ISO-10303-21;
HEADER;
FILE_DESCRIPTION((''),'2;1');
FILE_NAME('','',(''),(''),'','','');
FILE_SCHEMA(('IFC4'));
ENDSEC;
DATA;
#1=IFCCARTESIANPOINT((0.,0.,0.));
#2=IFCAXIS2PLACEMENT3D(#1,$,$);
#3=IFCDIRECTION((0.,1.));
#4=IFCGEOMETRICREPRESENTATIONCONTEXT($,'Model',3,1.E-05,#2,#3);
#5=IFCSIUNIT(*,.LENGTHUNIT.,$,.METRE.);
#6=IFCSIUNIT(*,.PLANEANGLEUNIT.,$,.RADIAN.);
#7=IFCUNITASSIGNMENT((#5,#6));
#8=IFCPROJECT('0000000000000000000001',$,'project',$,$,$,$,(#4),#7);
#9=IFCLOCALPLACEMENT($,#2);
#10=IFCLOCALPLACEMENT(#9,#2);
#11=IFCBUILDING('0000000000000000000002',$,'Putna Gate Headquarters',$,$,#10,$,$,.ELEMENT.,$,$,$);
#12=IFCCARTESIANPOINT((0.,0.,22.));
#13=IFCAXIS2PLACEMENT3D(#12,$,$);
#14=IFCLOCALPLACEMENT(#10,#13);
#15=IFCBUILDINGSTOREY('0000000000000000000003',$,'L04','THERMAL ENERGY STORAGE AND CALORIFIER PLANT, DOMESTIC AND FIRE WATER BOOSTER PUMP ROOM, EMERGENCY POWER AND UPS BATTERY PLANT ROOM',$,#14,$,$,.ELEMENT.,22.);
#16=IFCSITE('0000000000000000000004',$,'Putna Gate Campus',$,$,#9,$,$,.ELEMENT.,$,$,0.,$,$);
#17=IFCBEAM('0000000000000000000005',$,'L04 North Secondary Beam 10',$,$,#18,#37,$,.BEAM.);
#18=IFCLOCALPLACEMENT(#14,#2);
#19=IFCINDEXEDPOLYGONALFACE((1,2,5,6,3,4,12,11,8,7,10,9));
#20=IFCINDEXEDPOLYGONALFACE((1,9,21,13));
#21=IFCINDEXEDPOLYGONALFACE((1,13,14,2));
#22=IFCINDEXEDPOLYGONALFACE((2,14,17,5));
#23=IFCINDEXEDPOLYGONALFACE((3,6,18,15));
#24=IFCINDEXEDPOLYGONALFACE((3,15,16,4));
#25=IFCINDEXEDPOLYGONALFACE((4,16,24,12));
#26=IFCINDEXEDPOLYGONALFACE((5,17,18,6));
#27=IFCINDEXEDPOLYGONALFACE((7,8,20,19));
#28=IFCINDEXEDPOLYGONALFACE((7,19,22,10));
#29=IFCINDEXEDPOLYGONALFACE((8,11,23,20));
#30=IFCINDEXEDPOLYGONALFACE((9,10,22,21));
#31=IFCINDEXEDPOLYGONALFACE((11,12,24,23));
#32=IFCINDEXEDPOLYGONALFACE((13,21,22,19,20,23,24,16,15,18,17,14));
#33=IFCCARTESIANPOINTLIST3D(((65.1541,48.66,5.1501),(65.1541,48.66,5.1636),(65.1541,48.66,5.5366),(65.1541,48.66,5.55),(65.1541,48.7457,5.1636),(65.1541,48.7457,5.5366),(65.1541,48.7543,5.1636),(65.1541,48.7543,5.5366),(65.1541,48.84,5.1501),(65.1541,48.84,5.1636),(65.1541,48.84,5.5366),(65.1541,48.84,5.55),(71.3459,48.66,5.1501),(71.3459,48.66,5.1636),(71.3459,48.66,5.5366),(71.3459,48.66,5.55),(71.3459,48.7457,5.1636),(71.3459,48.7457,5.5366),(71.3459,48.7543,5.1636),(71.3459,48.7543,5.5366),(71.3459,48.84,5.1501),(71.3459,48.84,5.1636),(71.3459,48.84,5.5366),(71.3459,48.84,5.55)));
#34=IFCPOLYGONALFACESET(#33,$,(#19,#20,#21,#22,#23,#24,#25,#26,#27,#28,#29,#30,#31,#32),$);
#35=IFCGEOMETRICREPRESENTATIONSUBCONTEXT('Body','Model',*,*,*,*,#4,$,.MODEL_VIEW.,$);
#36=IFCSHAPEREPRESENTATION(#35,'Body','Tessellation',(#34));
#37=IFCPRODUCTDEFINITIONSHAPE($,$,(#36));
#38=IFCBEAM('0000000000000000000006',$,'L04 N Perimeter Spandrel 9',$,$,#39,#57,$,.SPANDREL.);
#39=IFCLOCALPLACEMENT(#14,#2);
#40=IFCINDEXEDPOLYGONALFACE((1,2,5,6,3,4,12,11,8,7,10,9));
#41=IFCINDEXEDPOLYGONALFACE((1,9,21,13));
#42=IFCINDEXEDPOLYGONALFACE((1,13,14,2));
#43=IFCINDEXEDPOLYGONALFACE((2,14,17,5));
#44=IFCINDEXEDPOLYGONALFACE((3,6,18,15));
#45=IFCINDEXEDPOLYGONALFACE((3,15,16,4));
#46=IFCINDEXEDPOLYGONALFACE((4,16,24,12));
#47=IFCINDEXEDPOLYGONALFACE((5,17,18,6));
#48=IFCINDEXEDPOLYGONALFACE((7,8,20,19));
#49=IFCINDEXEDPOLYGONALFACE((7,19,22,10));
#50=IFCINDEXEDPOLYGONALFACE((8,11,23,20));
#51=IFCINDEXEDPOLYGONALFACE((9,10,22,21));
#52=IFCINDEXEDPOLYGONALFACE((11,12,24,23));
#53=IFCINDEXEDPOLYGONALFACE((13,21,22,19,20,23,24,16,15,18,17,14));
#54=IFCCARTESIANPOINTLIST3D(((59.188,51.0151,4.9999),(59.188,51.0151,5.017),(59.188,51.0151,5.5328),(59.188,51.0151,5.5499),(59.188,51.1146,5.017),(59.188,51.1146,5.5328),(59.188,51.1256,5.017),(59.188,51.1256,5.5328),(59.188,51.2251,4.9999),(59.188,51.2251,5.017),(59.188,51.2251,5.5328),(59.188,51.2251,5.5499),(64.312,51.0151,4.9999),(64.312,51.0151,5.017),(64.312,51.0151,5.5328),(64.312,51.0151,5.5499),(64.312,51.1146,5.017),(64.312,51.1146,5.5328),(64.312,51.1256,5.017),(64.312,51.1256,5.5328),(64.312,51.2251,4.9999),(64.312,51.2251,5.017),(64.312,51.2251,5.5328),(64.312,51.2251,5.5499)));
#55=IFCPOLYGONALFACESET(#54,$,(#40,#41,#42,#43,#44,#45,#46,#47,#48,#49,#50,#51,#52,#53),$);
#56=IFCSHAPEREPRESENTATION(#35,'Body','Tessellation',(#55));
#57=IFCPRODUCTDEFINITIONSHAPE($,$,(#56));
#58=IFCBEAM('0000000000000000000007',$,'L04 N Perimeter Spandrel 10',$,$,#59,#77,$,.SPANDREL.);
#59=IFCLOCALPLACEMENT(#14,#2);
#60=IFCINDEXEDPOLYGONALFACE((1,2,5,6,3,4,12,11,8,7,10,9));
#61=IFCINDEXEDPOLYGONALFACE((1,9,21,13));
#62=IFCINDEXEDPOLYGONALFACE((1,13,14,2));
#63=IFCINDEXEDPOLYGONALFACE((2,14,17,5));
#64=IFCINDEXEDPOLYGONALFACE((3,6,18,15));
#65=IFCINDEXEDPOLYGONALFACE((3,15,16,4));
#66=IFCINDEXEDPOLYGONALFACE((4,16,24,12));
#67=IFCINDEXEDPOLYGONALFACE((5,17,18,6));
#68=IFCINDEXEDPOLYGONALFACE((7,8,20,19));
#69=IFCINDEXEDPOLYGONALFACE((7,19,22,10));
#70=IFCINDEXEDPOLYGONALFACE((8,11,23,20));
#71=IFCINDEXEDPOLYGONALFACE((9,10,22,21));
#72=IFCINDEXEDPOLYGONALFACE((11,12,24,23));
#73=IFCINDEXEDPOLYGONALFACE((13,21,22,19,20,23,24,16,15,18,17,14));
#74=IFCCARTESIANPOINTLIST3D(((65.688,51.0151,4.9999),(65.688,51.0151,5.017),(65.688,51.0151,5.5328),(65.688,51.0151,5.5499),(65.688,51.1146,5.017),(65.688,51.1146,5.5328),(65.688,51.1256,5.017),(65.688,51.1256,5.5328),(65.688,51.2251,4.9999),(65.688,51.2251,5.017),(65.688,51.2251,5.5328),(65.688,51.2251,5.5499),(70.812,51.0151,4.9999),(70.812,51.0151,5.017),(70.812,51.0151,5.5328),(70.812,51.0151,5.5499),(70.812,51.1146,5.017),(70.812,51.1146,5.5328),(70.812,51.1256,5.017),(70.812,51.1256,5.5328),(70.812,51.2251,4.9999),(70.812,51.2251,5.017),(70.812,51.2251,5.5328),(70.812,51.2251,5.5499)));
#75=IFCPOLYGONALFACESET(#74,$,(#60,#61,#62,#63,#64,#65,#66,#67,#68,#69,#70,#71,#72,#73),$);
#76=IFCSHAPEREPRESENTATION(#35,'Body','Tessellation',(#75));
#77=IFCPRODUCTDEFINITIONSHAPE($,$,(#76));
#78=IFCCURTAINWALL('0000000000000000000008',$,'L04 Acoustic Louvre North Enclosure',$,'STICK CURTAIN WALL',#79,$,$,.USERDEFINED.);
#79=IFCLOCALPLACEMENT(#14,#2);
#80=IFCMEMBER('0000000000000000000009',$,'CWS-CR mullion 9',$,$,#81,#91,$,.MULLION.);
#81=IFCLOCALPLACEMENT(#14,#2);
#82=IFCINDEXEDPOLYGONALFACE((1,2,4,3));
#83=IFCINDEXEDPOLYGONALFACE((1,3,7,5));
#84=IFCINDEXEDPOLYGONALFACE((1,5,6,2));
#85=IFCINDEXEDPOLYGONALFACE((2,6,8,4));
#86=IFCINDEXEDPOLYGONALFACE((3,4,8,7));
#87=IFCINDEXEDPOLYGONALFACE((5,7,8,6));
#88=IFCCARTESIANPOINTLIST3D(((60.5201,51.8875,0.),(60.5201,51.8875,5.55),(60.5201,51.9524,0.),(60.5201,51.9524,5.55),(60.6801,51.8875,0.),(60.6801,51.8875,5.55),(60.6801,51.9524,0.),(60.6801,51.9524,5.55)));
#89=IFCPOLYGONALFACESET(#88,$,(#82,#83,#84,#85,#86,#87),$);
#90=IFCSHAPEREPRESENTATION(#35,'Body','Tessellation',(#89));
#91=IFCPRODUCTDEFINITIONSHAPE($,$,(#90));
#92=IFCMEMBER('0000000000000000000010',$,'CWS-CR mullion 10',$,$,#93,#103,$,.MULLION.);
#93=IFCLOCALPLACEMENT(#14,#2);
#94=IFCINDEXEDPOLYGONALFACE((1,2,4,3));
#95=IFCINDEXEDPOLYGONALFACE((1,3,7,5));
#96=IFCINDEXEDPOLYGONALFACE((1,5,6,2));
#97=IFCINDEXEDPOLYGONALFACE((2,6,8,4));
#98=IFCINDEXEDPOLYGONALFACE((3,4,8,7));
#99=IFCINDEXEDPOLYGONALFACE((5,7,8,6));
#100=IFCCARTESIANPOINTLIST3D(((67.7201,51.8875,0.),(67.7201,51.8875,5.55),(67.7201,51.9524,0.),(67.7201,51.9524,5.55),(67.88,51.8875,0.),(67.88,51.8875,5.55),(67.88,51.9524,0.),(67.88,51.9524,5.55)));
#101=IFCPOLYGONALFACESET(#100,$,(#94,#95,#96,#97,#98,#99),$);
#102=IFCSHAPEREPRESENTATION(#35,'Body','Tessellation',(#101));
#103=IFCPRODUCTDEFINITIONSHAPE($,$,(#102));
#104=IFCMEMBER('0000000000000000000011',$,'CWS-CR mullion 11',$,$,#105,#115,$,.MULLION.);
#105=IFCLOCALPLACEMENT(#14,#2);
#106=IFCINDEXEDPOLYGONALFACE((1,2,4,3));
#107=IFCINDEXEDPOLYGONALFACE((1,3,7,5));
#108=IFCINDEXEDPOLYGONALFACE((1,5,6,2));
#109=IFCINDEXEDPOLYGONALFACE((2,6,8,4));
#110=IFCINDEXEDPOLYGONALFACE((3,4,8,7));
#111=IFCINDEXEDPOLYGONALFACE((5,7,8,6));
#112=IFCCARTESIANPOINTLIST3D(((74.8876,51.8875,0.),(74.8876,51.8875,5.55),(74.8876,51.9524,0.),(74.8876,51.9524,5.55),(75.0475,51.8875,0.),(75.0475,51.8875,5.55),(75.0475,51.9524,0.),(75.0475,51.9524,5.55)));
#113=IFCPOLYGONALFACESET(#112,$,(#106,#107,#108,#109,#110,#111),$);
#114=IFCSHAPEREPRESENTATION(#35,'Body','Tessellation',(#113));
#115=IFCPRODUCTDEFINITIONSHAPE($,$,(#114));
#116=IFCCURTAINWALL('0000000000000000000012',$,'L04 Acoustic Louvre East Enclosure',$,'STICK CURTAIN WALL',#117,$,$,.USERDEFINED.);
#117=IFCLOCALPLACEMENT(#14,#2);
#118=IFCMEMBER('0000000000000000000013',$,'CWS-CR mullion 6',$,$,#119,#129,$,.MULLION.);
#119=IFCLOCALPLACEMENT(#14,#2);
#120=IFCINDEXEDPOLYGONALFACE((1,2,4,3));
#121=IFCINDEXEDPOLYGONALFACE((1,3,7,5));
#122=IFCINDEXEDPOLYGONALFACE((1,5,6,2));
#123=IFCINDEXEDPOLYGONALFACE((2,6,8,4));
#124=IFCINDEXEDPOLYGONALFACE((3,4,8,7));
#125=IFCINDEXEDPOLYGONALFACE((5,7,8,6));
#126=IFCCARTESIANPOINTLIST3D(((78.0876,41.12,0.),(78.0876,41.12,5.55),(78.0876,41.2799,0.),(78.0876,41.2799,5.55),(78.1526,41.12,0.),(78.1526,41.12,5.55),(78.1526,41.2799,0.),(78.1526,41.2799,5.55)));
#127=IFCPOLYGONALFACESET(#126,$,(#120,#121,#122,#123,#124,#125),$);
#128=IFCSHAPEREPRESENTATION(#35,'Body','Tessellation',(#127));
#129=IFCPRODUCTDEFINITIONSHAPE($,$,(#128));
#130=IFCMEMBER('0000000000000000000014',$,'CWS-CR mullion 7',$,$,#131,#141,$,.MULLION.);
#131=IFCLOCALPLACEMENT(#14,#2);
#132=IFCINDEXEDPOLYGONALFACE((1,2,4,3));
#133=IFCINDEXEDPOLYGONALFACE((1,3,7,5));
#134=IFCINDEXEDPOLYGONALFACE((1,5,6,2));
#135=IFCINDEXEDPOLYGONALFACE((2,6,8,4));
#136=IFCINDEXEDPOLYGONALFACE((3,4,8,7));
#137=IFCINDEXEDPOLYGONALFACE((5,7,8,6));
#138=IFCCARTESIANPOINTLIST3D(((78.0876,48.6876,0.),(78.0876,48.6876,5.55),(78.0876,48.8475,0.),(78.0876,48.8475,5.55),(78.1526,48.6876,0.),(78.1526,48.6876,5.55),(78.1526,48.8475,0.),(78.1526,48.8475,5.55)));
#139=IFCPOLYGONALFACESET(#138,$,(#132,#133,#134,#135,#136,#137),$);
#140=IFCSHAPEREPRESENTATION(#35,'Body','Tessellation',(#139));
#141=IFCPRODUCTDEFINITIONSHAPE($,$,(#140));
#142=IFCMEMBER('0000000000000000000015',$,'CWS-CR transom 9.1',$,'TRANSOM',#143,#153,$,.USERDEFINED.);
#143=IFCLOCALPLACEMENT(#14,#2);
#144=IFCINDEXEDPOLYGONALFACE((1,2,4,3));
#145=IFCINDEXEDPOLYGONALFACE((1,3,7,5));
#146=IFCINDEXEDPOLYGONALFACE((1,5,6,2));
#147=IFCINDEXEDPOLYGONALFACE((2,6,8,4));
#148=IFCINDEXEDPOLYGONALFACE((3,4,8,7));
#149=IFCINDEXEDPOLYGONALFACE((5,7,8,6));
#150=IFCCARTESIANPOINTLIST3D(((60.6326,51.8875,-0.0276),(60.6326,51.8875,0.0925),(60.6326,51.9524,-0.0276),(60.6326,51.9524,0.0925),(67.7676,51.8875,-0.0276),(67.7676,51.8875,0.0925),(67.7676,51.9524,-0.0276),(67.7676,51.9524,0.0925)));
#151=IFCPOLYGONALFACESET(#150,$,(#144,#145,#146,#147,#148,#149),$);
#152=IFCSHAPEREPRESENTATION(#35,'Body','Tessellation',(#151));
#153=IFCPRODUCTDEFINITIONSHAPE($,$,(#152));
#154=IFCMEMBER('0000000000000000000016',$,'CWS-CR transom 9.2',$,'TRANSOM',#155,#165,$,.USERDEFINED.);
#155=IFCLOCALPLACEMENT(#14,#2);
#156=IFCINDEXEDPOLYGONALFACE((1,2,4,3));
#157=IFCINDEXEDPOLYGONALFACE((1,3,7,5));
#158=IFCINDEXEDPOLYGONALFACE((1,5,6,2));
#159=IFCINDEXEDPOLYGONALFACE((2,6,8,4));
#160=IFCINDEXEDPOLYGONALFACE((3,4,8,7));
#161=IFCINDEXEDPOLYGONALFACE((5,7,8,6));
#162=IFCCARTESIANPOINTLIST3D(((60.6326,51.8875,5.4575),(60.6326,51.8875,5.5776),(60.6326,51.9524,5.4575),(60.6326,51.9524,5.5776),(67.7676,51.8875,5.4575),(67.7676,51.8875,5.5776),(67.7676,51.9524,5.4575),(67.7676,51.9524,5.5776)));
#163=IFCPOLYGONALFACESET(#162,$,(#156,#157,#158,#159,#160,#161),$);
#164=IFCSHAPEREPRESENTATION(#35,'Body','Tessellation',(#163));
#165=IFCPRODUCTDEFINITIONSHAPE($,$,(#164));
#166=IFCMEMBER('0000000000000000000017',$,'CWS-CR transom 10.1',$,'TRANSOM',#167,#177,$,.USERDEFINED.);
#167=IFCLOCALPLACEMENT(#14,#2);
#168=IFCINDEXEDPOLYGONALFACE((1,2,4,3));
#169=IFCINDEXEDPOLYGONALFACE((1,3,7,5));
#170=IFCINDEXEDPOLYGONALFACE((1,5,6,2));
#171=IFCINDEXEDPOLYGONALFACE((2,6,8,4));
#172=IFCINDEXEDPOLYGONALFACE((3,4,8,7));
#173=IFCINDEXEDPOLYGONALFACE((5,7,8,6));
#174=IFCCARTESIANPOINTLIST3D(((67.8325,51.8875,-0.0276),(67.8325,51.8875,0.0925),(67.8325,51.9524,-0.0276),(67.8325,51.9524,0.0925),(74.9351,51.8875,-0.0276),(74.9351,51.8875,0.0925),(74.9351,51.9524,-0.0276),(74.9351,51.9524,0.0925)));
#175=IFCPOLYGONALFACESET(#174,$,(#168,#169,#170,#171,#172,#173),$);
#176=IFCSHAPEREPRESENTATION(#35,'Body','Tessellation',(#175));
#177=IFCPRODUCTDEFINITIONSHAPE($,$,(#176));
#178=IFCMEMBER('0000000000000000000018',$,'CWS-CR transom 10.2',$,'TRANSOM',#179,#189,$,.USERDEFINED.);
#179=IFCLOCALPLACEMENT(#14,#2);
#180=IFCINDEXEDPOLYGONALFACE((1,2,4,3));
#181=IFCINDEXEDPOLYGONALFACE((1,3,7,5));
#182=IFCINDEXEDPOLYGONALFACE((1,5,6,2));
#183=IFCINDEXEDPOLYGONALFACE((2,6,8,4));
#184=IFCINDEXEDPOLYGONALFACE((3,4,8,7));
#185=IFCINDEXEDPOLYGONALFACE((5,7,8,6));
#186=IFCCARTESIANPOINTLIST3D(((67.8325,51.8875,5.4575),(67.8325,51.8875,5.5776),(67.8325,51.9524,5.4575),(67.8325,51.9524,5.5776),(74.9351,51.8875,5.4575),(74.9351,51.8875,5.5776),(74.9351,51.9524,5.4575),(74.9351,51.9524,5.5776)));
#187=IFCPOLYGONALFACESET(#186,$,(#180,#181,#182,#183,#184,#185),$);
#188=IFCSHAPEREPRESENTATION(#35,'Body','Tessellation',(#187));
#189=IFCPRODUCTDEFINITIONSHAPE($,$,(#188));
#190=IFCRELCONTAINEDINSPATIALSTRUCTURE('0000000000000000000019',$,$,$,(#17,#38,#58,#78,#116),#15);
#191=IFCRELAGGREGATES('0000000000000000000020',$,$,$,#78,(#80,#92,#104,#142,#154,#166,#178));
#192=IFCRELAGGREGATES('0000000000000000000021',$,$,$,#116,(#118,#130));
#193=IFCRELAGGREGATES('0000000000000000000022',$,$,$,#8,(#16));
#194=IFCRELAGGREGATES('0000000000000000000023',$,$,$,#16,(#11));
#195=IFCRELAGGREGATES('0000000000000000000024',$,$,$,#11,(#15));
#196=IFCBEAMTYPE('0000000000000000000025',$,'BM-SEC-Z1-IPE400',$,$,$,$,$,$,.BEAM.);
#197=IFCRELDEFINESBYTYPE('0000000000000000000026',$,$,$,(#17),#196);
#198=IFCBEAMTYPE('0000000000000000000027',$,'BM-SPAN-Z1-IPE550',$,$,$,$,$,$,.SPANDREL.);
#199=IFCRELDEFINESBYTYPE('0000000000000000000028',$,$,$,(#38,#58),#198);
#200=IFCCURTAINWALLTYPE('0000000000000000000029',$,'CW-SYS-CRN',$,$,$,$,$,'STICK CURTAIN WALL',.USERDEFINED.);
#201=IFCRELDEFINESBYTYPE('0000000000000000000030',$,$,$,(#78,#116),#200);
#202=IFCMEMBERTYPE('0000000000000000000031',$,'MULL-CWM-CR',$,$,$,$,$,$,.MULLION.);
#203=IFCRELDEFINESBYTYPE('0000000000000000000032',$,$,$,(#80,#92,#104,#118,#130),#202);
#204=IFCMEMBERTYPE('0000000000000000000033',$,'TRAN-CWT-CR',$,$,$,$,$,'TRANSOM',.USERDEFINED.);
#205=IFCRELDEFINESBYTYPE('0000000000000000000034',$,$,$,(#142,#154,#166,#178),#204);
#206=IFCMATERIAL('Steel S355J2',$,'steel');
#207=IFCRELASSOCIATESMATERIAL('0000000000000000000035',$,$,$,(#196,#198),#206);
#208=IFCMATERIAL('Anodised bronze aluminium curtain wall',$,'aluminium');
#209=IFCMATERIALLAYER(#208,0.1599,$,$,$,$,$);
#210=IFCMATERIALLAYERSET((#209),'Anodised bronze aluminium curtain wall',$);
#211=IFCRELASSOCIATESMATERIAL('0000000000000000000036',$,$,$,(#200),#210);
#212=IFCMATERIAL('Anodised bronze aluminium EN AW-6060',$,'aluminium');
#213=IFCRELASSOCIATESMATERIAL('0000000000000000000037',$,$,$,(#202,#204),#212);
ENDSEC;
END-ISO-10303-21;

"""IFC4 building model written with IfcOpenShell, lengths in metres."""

from ifc_helpers import new_model, si_unit, direction, frame, origin, origin_2d, place, context, subcontext, project, spatial, rectangle, i_section, extrude, material, layer, layer_set, material_profile, profile_set, type_object, element, aggregate, save


model = new_model("IFC4")

# Units and contexts
model_context = context("Model", 3, precision=1e-05, world=origin(), true_north=direction((0.0, 1.0)))
body_context = subcontext(model_context, "Body", "Model", "MODEL_VIEW")
ifc_project = project(units=[si_unit("LENGTHUNIT", "METRE"), si_unit("PLANEANGLEUNIT", "RADIAN")], contexts=[model_context])

# Site, building, storey
site_placement = place(None, origin())
site = spatial("IfcSite", under=ifc_project, at=site_placement, Name="Putna Gate Campus", CompositionType="ELEMENT", RefElevation=0.0)
building_placement = place(site_placement, origin())
building = spatial("IfcBuilding", under=site, at=building_placement, Name="Putna Gate Headquarters", CompositionType="ELEMENT")
storey_placement = place(building_placement, frame((0.0, 0.0, 22.0)))
storey = spatial("IfcBuildingStorey", under=building, at=storey_placement, Name="L04", Description="THERMAL ENERGY STORAGE AND CALORIFIER PLANT, DOMESTIC AND FIRE WATER BOOSTER PUMP ROOM, EMERGENCY POWER AND UPS BATTERY PLANT ROOM", CompositionType="ELEMENT", Elevation=22.0)

# Beams
ifc_material_1 = material(Name="Steel S355J2", Category="steel")
ifc_material_profile_1 = material_profile(ifc_material_1, i_section(OverallWidth=0.1799, OverallDepth=0.3999, WebThickness=0.0085, FlangeThickness=0.0134, at=origin_2d()), Name="Steel S355J2")
ifc_profile_set_1 = profile_set([ifc_material_profile_1], Name="Steel S355J2")
beam_type_1 = type_object("IfcBeamType", Name="BM-SEC-Z1-IPE400", PredefinedType="BEAM", material=ifc_profile_set_1)
for number, where, z_axis, x_axis, name in (
    (1, (65.1541, 48.75, 5.3501), (1.0, 0.0, 0.0), (0.0, 1.0, 0.0), "L04 North Secondary Beam 10"),
):
    element("IfcBeam", number, at=place(storey_placement, frame(where, z_axis=z_axis, x_axis=x_axis)), inside=storey, type_object=beam_type_1, Name=name, PredefinedType="BEAM", context=body_context, shape_type="SweptSolid", body=[
        extrude(i_section(OverallWidth=0.1799, OverallDepth=0.3999, WebThickness=0.0085, FlangeThickness=0.0134, at=origin_2d()), origin(), (0.0, 0.0, 1.0), 6.1919),
    ])
ifc_material_profile_2 = material_profile(ifc_material_1, i_section(OverallWidth=0.21, OverallDepth=0.55, WebThickness=0.011, FlangeThickness=0.0171, at=origin_2d()), Name="Steel S355J2")
ifc_profile_set_2 = profile_set([ifc_material_profile_2], Name="Steel S355J2")
beam_type_2 = type_object("IfcBeamType", Name="BM-SPAN-Z1-IPE550", PredefinedType="SPANDREL", material=ifc_profile_set_2)
for number, where, z_axis, x_axis, name in (
    (2, (59.188, 51.1201, 5.2749), (1.0, 0.0, 0.0), (0.0, 1.0, 0.0), "L04 N Perimeter Spandrel 9"),
    (3, (65.688, 51.1201, 5.2749), (1.0, 0.0, 0.0), (0.0, 1.0, 0.0), "L04 N Perimeter Spandrel 10"),
):
    element("IfcBeam", number, at=place(storey_placement, frame(where, z_axis=z_axis, x_axis=x_axis)), inside=storey, type_object=beam_type_2, Name=name, PredefinedType="SPANDREL", context=body_context, shape_type="SweptSolid", body=[
        extrude(i_section(OverallWidth=0.21, OverallDepth=0.55, WebThickness=0.011, FlangeThickness=0.0171, at=origin_2d()), origin(), (0.0, 0.0, 1.0), 5.124),
    ])

# Curtain walls, members
ifc_material_2 = material(Name="Anodised bronze aluminium curtain wall", Category="aluminium")
ifc_layer_1 = layer(ifc_material_2, 0.1599)
ifc_layer_set_1 = layer_set([ifc_layer_1], Name="Anodised bronze aluminium curtain wall")
curtain_wall_type = type_object("IfcCurtainWallType", Name="CW-SYS-CRN", ElementType="STICK CURTAIN WALL", PredefinedType="USERDEFINED", material=ifc_layer_set_1)
curtain_wall_1_placement = place(storey_placement, origin())
curtain_wall_1 = element("IfcCurtainWall", 4, at=curtain_wall_1_placement, inside=storey, type_object=curtain_wall_type, Name="L04 Acoustic Louvre North Enclosure", ObjectType="STICK CURTAIN WALL", PredefinedType="USERDEFINED")
ifc_material_3 = material(Name="Anodised bronze aluminium EN AW-6060", Category="aluminium")
ifc_material_profile_3 = material_profile(ifc_material_3, rectangle(XDim=0.0649, YDim=0.1599, at=origin_2d()), Name="Anodised bronze aluminium EN AW-6060")
ifc_profile_set_3 = profile_set([ifc_material_profile_3], Name="Anodised bronze aluminium EN AW-6060")
member_type_1 = type_object("IfcMemberType", Name="MULL-CWM-CR", PredefinedType="MULLION", material=ifc_profile_set_3)
member_1_placement = place(storey_placement, frame((60.6001, 51.9199, 0.0), z_axis=(0.0, 0.0, 1.0), x_axis=(0.0, 1.0, 0.0)))
member_1 = element("IfcMember", 5, at=member_1_placement, type_object=member_type_1, Name="CWS-CR mullion 9", PredefinedType="MULLION", context=body_context, shape_type="SweptSolid", body=[
    extrude(rectangle(XDim=0.0649, YDim=0.1599, at=origin_2d()), origin(), (0.0, 0.0, 1.0), 5.55),
])
member_2_placement = place(storey_placement, frame((67.8, 51.9199, 0.0), z_axis=(0.0, 0.0, 1.0), x_axis=(0.0, 1.0, 0.0)))
member_2 = element("IfcMember", 6, at=member_2_placement, type_object=member_type_1, Name="CWS-CR mullion 10", PredefinedType="MULLION", context=body_context, shape_type="SweptSolid", body=[
    extrude(rectangle(XDim=0.0649, YDim=0.1599, at=origin_2d()), origin(), (0.0, 0.0, 1.0), 5.55),
])
member_3_placement = place(storey_placement, frame((74.9675, 51.9199, 0.0), z_axis=(0.0, 0.0, 1.0), x_axis=(0.0, 1.0, 0.0)))
member_3 = element("IfcMember", 7, at=member_3_placement, type_object=member_type_1, Name="CWS-CR mullion 11", PredefinedType="MULLION", context=body_context, shape_type="SweptSolid", body=[
    extrude(rectangle(XDim=0.0649, YDim=0.1599, at=origin_2d()), origin(), (0.0, 0.0, 1.0), 5.55),
])
curtain_wall_2_placement = place(storey_placement, origin())
curtain_wall_2 = element("IfcCurtainWall", 8, at=curtain_wall_2_placement, inside=storey, type_object=curtain_wall_type, Name="L04 Acoustic Louvre East Enclosure", ObjectType="STICK CURTAIN WALL", PredefinedType="USERDEFINED")
member_4_placement = place(storey_placement, frame((78.1201, 41.2, 0.0), z_axis=(0.0, 0.0, 1.0), x_axis=(-1.0, 0.0, 0.0)))
member_4 = element("IfcMember", 9, at=member_4_placement, type_object=member_type_1, Name="CWS-CR mullion 6", PredefinedType="MULLION", context=body_context, shape_type="SweptSolid", body=[
    extrude(rectangle(XDim=0.0649, YDim=0.1599, at=origin_2d()), origin(), (0.0, 0.0, 1.0), 5.55),
])
member_5_placement = place(storey_placement, frame((78.1201, 48.7676, 0.0), z_axis=(0.0, 0.0, 1.0), x_axis=(-1.0, 0.0, 0.0)))
member_5 = element("IfcMember", 10, at=member_5_placement, type_object=member_type_1, Name="CWS-CR mullion 7", PredefinedType="MULLION", context=body_context, shape_type="SweptSolid", body=[
    extrude(rectangle(XDim=0.0649, YDim=0.1599, at=origin_2d()), origin(), (0.0, 0.0, 1.0), 5.55),
])

# Members
ifc_material_profile_4 = material_profile(ifc_material_3, rectangle(XDim=0.0649, YDim=0.1201, at=origin_2d()), Name="Anodised bronze aluminium EN AW-6060")
ifc_profile_set_4 = profile_set([ifc_material_profile_4], Name="Anodised bronze aluminium EN AW-6060")
member_type_2 = type_object("IfcMemberType", Name="TRAN-CWT-CR", ElementType="TRANSOM", PredefinedType="USERDEFINED", material=ifc_profile_set_4)
member_6_placement = place(storey_placement, frame((60.6326, 51.9199, 0.0325), z_axis=(1.0, 0.0, 0.0), x_axis=(0.0, 1.0, 0.0)))
member_6 = element("IfcMember", 11, at=member_6_placement, type_object=member_type_2, Name="CWS-CR transom 9.1", ObjectType="TRANSOM", PredefinedType="USERDEFINED", context=body_context, shape_type="SweptSolid", body=[
    extrude(rectangle(XDim=0.0649, YDim=0.1201, at=origin_2d()), origin(), (0.0, 0.0, 1.0), 7.135),
])
member_7_placement = place(storey_placement, frame((60.6326, 51.9199, 5.5176), z_axis=(1.0, 0.0, 0.0), x_axis=(0.0, 1.0, 0.0)))
member_7 = element("IfcMember", 12, at=member_7_placement, type_object=member_type_2, Name="CWS-CR transom 9.2", ObjectType="TRANSOM", PredefinedType="USERDEFINED", context=body_context, shape_type="SweptSolid", body=[
    extrude(rectangle(XDim=0.0649, YDim=0.1201, at=origin_2d()), origin(), (0.0, 0.0, 1.0), 7.135),
])
member_8_placement = place(storey_placement, frame((67.8325, 51.9199, 0.0325), z_axis=(1.0, 0.0, 0.0), x_axis=(0.0, 1.0, 0.0)))
member_8 = element("IfcMember", 13, at=member_8_placement, type_object=member_type_2, Name="CWS-CR transom 10.1", ObjectType="TRANSOM", PredefinedType="USERDEFINED", context=body_context, shape_type="SweptSolid", body=[
    extrude(rectangle(XDim=0.0649, YDim=0.1201, at=origin_2d()), origin(), (0.0, 0.0, 1.0), 7.1025),
])
member_9_placement = place(storey_placement, frame((67.8325, 51.9199, 5.5176), z_axis=(1.0, 0.0, 0.0), x_axis=(0.0, 1.0, 0.0)))
member_9 = element("IfcMember", 14, at=member_9_placement, type_object=member_type_2, Name="CWS-CR transom 10.2", ObjectType="TRANSOM", PredefinedType="USERDEFINED", context=body_context, shape_type="SweptSolid", body=[
    extrude(rectangle(XDim=0.0649, YDim=0.1201, at=origin_2d()), origin(), (0.0, 0.0, 1.0), 7.1025),
])

aggregate(curtain_wall_1, [member_1, member_2, member_3, member_6, member_7, member_8, member_9])
aggregate(curtain_wall_2, [member_4, member_5])

save(model, "model.ifc")
